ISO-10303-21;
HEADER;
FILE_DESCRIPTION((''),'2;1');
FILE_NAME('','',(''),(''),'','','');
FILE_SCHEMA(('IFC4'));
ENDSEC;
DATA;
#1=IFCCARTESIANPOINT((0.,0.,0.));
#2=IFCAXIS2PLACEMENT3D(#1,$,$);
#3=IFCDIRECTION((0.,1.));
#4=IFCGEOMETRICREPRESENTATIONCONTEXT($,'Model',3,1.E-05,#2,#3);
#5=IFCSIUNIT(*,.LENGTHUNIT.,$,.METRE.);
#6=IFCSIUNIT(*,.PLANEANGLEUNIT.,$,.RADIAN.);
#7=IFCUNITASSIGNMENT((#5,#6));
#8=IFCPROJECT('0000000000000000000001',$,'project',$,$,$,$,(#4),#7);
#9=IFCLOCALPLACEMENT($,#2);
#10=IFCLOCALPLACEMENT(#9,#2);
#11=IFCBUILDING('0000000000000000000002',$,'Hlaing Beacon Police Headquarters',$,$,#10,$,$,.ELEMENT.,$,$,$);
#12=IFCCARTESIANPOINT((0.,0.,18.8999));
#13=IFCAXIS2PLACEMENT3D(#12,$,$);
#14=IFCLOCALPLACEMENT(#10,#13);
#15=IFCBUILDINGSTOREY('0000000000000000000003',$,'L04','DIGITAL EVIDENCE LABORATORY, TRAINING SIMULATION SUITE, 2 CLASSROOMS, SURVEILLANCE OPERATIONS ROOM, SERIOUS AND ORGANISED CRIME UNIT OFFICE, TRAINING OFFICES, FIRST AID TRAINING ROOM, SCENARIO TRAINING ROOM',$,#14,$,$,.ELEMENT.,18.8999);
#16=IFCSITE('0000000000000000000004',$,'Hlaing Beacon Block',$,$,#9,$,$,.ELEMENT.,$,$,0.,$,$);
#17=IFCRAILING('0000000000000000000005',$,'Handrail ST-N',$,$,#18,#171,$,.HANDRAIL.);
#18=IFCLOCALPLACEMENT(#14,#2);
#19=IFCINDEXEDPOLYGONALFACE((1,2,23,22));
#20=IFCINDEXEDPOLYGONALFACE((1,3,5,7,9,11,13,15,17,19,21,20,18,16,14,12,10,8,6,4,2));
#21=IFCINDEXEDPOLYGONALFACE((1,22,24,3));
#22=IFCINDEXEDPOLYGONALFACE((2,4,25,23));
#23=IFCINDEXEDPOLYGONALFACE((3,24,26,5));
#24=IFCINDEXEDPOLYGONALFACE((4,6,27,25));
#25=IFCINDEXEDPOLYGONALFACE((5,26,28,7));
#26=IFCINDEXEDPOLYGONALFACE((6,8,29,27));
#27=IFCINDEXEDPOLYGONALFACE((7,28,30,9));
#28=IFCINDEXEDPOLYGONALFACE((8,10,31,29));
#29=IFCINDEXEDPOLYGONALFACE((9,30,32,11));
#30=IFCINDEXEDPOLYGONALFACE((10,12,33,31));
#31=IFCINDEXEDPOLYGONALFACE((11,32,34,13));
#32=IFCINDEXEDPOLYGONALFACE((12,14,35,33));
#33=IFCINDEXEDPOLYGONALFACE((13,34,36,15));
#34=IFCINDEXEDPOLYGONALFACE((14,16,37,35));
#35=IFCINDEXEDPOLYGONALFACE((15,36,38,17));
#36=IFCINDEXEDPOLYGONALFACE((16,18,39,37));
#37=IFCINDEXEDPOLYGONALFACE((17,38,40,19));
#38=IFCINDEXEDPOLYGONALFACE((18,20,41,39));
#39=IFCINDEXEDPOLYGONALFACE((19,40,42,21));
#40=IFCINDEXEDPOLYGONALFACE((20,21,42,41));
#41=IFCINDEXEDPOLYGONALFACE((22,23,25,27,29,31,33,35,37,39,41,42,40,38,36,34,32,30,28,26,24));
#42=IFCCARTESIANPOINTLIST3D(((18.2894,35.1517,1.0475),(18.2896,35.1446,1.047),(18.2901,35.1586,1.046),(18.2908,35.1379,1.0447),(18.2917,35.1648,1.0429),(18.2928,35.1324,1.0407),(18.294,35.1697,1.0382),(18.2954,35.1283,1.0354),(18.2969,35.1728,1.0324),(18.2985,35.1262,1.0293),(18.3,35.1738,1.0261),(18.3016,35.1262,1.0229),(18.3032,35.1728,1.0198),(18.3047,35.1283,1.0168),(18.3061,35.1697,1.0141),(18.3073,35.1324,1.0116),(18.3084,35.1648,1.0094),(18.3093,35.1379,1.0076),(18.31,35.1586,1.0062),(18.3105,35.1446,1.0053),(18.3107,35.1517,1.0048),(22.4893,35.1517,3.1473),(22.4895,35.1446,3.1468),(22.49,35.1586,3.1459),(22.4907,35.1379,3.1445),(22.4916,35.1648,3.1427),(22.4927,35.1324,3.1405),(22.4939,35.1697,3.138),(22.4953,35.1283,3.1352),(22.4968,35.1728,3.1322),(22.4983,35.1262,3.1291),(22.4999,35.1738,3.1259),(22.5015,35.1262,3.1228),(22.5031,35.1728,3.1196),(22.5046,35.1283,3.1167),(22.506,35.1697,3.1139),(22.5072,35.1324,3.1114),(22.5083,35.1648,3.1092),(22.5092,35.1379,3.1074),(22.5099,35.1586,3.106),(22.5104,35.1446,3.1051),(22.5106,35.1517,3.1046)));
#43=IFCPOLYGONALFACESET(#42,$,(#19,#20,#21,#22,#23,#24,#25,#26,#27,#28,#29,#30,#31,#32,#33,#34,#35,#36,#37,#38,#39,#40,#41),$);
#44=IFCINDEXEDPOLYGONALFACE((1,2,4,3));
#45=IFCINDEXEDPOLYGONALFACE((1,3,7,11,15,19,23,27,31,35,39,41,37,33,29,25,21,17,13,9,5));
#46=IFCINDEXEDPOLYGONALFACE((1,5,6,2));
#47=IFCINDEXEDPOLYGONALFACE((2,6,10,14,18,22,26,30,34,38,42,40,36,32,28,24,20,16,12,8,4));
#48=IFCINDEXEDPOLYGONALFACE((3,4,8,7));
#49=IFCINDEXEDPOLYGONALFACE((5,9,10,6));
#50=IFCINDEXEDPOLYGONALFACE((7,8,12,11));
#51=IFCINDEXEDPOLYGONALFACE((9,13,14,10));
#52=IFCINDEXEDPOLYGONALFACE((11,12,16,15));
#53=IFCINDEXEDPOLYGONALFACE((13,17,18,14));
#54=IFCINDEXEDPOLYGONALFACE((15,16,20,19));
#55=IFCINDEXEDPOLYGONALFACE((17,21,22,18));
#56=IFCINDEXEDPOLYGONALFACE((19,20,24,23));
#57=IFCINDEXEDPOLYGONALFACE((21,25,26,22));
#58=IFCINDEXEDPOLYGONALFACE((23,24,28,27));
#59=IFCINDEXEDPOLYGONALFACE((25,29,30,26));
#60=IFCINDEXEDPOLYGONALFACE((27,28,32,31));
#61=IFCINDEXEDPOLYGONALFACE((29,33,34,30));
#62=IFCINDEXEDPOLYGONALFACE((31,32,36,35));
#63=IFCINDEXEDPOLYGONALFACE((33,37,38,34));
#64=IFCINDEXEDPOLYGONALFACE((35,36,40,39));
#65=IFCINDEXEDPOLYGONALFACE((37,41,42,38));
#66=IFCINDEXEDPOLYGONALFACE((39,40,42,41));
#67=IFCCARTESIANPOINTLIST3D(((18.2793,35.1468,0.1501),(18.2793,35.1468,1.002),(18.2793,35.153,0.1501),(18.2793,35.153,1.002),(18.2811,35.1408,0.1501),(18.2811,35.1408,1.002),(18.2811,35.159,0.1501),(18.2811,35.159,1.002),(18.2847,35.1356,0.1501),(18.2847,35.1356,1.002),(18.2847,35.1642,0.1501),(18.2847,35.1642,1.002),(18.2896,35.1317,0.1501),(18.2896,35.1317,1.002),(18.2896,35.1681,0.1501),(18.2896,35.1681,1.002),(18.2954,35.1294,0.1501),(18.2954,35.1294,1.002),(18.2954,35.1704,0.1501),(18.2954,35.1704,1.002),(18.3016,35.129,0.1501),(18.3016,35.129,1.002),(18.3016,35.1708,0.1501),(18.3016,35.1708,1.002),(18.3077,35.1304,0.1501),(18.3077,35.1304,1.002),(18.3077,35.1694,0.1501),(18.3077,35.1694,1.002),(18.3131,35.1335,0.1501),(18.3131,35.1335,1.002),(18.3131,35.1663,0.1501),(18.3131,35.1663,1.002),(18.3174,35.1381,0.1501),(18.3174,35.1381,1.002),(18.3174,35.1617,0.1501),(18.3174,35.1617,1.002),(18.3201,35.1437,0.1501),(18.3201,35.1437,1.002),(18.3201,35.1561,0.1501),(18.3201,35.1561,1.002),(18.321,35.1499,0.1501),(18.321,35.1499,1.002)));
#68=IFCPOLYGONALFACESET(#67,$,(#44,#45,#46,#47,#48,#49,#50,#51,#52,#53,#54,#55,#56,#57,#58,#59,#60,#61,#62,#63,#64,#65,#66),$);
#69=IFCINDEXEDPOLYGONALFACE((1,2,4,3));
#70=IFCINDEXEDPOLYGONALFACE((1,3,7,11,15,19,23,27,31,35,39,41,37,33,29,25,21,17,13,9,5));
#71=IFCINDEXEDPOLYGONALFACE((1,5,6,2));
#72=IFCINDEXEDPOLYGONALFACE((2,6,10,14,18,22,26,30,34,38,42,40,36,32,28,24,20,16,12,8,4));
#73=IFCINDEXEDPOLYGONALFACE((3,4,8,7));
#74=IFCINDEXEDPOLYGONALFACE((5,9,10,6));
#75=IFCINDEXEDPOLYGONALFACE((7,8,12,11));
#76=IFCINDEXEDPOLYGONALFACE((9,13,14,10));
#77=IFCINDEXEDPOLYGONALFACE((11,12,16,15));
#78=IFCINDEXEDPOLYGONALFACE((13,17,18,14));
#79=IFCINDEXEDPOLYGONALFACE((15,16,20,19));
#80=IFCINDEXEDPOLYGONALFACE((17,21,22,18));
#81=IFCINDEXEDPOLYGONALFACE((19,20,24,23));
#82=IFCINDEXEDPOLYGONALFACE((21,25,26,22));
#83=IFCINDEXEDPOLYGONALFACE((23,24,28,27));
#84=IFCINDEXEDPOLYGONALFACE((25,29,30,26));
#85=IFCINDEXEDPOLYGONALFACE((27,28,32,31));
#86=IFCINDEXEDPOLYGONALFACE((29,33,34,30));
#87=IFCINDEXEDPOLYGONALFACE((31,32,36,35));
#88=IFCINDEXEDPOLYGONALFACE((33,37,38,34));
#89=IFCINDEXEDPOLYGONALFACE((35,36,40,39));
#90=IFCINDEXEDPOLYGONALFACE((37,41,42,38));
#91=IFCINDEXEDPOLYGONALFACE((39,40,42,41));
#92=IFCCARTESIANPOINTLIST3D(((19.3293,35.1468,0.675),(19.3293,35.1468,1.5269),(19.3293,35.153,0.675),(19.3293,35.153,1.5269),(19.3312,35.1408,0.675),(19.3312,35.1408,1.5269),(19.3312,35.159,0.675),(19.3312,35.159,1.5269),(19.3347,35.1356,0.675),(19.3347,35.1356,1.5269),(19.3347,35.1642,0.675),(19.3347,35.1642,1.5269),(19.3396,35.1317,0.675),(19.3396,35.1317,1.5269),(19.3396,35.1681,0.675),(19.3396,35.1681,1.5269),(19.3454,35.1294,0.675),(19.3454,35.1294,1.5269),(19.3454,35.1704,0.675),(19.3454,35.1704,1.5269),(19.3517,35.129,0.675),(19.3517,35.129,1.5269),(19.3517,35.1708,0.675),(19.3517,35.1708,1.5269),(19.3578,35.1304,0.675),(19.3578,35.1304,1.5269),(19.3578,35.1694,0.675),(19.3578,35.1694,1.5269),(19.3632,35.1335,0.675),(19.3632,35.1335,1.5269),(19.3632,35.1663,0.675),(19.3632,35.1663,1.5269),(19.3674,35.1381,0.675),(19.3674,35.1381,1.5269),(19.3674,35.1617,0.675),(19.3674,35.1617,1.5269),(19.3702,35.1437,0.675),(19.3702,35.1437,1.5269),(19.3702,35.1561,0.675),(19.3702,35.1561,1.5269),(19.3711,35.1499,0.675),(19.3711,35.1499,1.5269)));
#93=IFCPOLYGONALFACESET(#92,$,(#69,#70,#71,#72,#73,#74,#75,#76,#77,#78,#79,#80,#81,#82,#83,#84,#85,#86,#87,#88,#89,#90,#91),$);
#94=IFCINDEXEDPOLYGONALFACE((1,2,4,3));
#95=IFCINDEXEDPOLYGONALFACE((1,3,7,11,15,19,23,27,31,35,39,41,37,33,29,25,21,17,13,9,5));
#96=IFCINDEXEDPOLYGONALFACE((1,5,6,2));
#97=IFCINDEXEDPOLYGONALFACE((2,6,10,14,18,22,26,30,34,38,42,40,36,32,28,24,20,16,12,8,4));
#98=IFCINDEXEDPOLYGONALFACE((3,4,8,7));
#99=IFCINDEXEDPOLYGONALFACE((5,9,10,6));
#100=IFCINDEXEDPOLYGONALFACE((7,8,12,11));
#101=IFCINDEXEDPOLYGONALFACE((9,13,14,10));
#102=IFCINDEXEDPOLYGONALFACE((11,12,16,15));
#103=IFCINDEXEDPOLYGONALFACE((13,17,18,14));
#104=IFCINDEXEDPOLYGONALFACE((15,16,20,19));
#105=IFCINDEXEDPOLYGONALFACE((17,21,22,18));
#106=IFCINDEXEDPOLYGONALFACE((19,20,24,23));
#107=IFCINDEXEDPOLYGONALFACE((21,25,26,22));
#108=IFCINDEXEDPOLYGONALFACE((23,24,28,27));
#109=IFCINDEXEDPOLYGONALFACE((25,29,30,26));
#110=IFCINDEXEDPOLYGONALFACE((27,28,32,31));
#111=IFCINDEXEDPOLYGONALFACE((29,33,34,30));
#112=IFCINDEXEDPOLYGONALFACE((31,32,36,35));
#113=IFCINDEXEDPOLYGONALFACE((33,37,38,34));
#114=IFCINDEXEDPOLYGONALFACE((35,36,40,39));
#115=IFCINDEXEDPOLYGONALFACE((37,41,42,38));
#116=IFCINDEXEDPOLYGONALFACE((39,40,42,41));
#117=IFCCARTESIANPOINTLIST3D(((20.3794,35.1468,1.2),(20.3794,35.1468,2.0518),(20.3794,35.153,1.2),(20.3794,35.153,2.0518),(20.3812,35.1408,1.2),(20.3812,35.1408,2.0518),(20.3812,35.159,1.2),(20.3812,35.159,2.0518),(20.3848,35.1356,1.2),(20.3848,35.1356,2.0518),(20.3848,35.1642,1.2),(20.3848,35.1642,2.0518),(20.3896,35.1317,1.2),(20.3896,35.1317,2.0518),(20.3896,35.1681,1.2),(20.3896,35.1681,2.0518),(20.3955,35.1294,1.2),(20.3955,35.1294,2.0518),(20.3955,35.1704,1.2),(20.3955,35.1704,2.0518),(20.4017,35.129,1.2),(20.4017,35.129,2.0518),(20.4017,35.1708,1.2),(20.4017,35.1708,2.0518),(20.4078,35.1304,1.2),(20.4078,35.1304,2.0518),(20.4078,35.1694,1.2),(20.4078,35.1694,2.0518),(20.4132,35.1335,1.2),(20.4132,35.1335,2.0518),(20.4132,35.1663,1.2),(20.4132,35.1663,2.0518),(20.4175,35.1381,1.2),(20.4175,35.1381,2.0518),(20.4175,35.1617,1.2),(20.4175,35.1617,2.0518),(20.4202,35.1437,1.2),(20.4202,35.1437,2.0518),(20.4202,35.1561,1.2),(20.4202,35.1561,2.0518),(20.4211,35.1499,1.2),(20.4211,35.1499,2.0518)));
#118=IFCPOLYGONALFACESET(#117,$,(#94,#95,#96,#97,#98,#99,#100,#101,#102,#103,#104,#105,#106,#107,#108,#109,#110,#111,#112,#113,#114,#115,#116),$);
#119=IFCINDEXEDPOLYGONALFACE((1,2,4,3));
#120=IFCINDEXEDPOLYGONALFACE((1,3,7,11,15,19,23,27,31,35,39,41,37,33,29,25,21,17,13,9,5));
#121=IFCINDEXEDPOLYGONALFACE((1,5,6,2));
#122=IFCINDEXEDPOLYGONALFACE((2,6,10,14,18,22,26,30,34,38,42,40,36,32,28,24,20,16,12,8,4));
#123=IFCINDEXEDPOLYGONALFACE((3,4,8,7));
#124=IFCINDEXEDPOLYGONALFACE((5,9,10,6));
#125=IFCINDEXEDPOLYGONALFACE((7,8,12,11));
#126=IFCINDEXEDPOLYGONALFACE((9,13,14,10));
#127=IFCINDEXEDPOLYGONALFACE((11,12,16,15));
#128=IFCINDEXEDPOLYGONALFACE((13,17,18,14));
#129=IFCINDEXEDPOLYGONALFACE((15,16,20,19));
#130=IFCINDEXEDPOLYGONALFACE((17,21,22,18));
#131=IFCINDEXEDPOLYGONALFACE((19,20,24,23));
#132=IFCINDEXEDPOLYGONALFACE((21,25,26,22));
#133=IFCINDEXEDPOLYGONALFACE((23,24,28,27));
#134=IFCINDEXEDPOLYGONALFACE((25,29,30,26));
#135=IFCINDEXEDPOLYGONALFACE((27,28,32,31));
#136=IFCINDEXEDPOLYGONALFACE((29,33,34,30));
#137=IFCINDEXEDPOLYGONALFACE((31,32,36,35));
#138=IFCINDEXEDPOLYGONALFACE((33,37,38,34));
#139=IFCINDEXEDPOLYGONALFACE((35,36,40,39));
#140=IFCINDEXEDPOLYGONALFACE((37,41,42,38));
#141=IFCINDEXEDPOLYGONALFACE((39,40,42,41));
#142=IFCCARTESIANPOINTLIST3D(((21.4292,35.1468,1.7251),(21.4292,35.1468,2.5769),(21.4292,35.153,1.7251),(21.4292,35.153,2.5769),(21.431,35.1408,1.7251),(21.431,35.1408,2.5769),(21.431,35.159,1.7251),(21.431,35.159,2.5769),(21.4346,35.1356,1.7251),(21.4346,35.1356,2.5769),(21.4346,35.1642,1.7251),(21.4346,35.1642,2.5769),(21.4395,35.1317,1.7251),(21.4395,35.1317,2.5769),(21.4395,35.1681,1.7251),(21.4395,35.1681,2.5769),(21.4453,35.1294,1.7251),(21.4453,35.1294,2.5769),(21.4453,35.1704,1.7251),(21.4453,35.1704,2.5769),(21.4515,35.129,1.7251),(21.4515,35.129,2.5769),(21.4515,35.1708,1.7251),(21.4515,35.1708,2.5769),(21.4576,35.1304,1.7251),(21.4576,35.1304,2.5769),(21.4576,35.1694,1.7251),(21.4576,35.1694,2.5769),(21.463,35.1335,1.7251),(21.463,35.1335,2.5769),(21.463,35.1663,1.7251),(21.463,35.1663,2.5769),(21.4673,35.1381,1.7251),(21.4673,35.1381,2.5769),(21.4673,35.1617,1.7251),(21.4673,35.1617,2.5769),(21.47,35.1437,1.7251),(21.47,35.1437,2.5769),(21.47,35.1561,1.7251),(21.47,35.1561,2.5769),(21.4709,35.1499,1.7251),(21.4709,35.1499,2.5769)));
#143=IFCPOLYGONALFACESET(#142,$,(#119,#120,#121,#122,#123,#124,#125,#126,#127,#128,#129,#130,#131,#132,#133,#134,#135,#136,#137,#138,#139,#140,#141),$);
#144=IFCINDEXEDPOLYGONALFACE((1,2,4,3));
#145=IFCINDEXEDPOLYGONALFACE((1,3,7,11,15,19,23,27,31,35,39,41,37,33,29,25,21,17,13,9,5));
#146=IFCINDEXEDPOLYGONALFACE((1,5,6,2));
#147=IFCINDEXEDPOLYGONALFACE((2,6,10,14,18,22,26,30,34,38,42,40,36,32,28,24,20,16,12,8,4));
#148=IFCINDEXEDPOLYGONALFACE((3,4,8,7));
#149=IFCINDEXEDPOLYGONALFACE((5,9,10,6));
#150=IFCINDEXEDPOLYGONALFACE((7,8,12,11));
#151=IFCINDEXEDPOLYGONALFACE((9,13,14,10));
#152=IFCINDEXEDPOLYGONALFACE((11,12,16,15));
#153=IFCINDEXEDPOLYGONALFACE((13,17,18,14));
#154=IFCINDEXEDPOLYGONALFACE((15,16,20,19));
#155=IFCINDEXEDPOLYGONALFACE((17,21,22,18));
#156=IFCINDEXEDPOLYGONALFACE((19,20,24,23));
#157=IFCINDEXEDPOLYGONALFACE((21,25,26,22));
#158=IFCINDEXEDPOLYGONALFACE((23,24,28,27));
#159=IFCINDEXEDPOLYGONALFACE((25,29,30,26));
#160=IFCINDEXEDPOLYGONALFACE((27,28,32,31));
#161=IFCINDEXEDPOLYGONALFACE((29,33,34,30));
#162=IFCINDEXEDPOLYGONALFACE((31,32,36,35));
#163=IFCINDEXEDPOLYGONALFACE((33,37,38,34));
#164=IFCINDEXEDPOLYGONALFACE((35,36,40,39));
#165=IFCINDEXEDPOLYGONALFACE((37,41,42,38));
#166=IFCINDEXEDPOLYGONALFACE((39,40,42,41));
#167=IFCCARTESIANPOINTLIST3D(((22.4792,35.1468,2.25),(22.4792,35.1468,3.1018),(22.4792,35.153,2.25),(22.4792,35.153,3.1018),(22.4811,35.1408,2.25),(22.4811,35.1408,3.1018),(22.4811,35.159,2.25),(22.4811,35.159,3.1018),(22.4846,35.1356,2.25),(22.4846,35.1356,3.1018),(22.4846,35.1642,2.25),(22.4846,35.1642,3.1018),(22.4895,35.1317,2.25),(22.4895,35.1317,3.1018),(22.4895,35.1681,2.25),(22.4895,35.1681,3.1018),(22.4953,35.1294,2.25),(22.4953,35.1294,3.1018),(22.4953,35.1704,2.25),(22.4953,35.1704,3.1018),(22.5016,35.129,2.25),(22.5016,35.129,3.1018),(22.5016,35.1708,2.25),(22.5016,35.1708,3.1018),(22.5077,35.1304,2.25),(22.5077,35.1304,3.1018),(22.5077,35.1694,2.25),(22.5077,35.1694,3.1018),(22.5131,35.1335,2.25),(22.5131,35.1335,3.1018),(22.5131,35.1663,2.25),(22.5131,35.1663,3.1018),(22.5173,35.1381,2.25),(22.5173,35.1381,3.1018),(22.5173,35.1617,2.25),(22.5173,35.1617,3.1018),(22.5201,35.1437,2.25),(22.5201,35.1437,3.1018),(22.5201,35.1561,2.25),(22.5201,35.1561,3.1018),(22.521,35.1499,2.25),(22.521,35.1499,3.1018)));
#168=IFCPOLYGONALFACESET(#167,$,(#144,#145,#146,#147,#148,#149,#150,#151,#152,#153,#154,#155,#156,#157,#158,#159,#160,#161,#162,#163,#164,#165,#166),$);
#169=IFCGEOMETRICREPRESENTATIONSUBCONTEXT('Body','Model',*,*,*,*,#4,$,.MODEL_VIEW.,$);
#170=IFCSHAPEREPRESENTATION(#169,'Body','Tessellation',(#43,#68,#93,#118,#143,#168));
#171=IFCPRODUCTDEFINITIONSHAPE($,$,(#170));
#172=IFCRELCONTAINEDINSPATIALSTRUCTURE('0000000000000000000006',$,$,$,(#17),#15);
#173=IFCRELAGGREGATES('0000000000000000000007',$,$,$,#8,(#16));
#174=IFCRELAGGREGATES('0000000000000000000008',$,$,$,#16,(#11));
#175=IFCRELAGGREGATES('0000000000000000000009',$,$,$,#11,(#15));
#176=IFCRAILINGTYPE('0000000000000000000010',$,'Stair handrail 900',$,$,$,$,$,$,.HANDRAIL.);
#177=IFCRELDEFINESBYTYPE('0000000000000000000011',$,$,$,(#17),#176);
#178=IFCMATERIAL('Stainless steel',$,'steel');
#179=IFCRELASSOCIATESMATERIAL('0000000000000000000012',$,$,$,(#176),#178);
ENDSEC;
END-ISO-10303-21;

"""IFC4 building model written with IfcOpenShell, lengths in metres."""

from ifc_helpers import new_model, si_unit, direction, frame, origin, origin_2d, place, context, subcontext, project, spatial, circle, extrude, material, type_object, element, save


model = new_model("IFC4")

# Units and contexts
model_context = context("Model", 3, precision=1e-05, world=origin(), true_north=direction((0.0, 1.0)))
body_context = subcontext(model_context, "Body", "Model", "MODEL_VIEW")
ifc_project = project(units=[si_unit("LENGTHUNIT", "METRE"), si_unit("PLANEANGLEUNIT", "RADIAN")], contexts=[model_context])

# Site, building, storey
site_placement = place(None, origin())
site = spatial("IfcSite", under=ifc_project, at=site_placement, Name="Hlaing Beacon Block", CompositionType="ELEMENT", RefElevation=0.0)
building_placement = place(site_placement, origin())
building = spatial("IfcBuilding", under=site, at=building_placement, Name="Hlaing Beacon Police Headquarters", CompositionType="ELEMENT")
storey_placement = place(building_placement, frame((0.0, 0.0, 18.8999)))
storey = spatial("IfcBuildingStorey", under=building, at=storey_placement, Name="L04", Description="DIGITAL EVIDENCE LABORATORY, TRAINING SIMULATION SUITE, 2 CLASSROOMS, SURVEILLANCE OPERATIONS ROOM, SERIOUS AND ORGANISED CRIME UNIT OFFICE, TRAINING OFFICES, FIRST AID TRAINING ROOM, SCENARIO TRAINING ROOM", CompositionType="ELEMENT", Elevation=18.8999)

# Railing
ifc_material_1 = material(Name="Stainless steel", Category="steel")
railing_type_1 = type_object("IfcRailingType", Name="Stair handrail 900", PredefinedType="HANDRAIL", material=ifc_material_1)
for number, where, name in (
    (1, (18.3, 35.1499, 0.1501), "Handrail ST-N"),
):
    element("IfcRailing", number, at=place(storey_placement, frame(where)), inside=storey, type_object=railing_type_1, Name=name, PredefinedType="HANDRAIL", context=body_context, shape_type="SweptSolid", body=[
        extrude(circle(Radius=0.0239, at=origin_2d()), frame((0.0, 0.0, 0.876), z_axis=(0.894438, 0.0, 0.447193), x_axis=(0.0, 1.0, 0.0)), (0.0, 0.0, 1.0), 4.6956),
        extrude(circle(Radius=0.021, at=origin_2d()), origin(), (0.0, 0.0, 1.0), 0.8518),
        extrude(circle(Radius=0.021, at=origin_2d()), frame((1.05, 0.0, 0.5249)), (0.0, 0.0, 1.0), 0.8518),
        extrude(circle(Radius=0.021, at=origin_2d()), frame((2.1001, 0.0, 1.0498)), (0.0, 0.0, 1.0), 0.8518),
        extrude(circle(Radius=0.021, at=origin_2d()), frame((3.1499, 0.0, 1.575)), (0.0, 0.0, 1.0), 0.8518),
        extrude(circle(Radius=0.021, at=origin_2d()), frame((4.2, 0.0, 2.0999)), (0.0, 0.0, 1.0), 0.8518),
    ])

save(model, "model.ifc")
